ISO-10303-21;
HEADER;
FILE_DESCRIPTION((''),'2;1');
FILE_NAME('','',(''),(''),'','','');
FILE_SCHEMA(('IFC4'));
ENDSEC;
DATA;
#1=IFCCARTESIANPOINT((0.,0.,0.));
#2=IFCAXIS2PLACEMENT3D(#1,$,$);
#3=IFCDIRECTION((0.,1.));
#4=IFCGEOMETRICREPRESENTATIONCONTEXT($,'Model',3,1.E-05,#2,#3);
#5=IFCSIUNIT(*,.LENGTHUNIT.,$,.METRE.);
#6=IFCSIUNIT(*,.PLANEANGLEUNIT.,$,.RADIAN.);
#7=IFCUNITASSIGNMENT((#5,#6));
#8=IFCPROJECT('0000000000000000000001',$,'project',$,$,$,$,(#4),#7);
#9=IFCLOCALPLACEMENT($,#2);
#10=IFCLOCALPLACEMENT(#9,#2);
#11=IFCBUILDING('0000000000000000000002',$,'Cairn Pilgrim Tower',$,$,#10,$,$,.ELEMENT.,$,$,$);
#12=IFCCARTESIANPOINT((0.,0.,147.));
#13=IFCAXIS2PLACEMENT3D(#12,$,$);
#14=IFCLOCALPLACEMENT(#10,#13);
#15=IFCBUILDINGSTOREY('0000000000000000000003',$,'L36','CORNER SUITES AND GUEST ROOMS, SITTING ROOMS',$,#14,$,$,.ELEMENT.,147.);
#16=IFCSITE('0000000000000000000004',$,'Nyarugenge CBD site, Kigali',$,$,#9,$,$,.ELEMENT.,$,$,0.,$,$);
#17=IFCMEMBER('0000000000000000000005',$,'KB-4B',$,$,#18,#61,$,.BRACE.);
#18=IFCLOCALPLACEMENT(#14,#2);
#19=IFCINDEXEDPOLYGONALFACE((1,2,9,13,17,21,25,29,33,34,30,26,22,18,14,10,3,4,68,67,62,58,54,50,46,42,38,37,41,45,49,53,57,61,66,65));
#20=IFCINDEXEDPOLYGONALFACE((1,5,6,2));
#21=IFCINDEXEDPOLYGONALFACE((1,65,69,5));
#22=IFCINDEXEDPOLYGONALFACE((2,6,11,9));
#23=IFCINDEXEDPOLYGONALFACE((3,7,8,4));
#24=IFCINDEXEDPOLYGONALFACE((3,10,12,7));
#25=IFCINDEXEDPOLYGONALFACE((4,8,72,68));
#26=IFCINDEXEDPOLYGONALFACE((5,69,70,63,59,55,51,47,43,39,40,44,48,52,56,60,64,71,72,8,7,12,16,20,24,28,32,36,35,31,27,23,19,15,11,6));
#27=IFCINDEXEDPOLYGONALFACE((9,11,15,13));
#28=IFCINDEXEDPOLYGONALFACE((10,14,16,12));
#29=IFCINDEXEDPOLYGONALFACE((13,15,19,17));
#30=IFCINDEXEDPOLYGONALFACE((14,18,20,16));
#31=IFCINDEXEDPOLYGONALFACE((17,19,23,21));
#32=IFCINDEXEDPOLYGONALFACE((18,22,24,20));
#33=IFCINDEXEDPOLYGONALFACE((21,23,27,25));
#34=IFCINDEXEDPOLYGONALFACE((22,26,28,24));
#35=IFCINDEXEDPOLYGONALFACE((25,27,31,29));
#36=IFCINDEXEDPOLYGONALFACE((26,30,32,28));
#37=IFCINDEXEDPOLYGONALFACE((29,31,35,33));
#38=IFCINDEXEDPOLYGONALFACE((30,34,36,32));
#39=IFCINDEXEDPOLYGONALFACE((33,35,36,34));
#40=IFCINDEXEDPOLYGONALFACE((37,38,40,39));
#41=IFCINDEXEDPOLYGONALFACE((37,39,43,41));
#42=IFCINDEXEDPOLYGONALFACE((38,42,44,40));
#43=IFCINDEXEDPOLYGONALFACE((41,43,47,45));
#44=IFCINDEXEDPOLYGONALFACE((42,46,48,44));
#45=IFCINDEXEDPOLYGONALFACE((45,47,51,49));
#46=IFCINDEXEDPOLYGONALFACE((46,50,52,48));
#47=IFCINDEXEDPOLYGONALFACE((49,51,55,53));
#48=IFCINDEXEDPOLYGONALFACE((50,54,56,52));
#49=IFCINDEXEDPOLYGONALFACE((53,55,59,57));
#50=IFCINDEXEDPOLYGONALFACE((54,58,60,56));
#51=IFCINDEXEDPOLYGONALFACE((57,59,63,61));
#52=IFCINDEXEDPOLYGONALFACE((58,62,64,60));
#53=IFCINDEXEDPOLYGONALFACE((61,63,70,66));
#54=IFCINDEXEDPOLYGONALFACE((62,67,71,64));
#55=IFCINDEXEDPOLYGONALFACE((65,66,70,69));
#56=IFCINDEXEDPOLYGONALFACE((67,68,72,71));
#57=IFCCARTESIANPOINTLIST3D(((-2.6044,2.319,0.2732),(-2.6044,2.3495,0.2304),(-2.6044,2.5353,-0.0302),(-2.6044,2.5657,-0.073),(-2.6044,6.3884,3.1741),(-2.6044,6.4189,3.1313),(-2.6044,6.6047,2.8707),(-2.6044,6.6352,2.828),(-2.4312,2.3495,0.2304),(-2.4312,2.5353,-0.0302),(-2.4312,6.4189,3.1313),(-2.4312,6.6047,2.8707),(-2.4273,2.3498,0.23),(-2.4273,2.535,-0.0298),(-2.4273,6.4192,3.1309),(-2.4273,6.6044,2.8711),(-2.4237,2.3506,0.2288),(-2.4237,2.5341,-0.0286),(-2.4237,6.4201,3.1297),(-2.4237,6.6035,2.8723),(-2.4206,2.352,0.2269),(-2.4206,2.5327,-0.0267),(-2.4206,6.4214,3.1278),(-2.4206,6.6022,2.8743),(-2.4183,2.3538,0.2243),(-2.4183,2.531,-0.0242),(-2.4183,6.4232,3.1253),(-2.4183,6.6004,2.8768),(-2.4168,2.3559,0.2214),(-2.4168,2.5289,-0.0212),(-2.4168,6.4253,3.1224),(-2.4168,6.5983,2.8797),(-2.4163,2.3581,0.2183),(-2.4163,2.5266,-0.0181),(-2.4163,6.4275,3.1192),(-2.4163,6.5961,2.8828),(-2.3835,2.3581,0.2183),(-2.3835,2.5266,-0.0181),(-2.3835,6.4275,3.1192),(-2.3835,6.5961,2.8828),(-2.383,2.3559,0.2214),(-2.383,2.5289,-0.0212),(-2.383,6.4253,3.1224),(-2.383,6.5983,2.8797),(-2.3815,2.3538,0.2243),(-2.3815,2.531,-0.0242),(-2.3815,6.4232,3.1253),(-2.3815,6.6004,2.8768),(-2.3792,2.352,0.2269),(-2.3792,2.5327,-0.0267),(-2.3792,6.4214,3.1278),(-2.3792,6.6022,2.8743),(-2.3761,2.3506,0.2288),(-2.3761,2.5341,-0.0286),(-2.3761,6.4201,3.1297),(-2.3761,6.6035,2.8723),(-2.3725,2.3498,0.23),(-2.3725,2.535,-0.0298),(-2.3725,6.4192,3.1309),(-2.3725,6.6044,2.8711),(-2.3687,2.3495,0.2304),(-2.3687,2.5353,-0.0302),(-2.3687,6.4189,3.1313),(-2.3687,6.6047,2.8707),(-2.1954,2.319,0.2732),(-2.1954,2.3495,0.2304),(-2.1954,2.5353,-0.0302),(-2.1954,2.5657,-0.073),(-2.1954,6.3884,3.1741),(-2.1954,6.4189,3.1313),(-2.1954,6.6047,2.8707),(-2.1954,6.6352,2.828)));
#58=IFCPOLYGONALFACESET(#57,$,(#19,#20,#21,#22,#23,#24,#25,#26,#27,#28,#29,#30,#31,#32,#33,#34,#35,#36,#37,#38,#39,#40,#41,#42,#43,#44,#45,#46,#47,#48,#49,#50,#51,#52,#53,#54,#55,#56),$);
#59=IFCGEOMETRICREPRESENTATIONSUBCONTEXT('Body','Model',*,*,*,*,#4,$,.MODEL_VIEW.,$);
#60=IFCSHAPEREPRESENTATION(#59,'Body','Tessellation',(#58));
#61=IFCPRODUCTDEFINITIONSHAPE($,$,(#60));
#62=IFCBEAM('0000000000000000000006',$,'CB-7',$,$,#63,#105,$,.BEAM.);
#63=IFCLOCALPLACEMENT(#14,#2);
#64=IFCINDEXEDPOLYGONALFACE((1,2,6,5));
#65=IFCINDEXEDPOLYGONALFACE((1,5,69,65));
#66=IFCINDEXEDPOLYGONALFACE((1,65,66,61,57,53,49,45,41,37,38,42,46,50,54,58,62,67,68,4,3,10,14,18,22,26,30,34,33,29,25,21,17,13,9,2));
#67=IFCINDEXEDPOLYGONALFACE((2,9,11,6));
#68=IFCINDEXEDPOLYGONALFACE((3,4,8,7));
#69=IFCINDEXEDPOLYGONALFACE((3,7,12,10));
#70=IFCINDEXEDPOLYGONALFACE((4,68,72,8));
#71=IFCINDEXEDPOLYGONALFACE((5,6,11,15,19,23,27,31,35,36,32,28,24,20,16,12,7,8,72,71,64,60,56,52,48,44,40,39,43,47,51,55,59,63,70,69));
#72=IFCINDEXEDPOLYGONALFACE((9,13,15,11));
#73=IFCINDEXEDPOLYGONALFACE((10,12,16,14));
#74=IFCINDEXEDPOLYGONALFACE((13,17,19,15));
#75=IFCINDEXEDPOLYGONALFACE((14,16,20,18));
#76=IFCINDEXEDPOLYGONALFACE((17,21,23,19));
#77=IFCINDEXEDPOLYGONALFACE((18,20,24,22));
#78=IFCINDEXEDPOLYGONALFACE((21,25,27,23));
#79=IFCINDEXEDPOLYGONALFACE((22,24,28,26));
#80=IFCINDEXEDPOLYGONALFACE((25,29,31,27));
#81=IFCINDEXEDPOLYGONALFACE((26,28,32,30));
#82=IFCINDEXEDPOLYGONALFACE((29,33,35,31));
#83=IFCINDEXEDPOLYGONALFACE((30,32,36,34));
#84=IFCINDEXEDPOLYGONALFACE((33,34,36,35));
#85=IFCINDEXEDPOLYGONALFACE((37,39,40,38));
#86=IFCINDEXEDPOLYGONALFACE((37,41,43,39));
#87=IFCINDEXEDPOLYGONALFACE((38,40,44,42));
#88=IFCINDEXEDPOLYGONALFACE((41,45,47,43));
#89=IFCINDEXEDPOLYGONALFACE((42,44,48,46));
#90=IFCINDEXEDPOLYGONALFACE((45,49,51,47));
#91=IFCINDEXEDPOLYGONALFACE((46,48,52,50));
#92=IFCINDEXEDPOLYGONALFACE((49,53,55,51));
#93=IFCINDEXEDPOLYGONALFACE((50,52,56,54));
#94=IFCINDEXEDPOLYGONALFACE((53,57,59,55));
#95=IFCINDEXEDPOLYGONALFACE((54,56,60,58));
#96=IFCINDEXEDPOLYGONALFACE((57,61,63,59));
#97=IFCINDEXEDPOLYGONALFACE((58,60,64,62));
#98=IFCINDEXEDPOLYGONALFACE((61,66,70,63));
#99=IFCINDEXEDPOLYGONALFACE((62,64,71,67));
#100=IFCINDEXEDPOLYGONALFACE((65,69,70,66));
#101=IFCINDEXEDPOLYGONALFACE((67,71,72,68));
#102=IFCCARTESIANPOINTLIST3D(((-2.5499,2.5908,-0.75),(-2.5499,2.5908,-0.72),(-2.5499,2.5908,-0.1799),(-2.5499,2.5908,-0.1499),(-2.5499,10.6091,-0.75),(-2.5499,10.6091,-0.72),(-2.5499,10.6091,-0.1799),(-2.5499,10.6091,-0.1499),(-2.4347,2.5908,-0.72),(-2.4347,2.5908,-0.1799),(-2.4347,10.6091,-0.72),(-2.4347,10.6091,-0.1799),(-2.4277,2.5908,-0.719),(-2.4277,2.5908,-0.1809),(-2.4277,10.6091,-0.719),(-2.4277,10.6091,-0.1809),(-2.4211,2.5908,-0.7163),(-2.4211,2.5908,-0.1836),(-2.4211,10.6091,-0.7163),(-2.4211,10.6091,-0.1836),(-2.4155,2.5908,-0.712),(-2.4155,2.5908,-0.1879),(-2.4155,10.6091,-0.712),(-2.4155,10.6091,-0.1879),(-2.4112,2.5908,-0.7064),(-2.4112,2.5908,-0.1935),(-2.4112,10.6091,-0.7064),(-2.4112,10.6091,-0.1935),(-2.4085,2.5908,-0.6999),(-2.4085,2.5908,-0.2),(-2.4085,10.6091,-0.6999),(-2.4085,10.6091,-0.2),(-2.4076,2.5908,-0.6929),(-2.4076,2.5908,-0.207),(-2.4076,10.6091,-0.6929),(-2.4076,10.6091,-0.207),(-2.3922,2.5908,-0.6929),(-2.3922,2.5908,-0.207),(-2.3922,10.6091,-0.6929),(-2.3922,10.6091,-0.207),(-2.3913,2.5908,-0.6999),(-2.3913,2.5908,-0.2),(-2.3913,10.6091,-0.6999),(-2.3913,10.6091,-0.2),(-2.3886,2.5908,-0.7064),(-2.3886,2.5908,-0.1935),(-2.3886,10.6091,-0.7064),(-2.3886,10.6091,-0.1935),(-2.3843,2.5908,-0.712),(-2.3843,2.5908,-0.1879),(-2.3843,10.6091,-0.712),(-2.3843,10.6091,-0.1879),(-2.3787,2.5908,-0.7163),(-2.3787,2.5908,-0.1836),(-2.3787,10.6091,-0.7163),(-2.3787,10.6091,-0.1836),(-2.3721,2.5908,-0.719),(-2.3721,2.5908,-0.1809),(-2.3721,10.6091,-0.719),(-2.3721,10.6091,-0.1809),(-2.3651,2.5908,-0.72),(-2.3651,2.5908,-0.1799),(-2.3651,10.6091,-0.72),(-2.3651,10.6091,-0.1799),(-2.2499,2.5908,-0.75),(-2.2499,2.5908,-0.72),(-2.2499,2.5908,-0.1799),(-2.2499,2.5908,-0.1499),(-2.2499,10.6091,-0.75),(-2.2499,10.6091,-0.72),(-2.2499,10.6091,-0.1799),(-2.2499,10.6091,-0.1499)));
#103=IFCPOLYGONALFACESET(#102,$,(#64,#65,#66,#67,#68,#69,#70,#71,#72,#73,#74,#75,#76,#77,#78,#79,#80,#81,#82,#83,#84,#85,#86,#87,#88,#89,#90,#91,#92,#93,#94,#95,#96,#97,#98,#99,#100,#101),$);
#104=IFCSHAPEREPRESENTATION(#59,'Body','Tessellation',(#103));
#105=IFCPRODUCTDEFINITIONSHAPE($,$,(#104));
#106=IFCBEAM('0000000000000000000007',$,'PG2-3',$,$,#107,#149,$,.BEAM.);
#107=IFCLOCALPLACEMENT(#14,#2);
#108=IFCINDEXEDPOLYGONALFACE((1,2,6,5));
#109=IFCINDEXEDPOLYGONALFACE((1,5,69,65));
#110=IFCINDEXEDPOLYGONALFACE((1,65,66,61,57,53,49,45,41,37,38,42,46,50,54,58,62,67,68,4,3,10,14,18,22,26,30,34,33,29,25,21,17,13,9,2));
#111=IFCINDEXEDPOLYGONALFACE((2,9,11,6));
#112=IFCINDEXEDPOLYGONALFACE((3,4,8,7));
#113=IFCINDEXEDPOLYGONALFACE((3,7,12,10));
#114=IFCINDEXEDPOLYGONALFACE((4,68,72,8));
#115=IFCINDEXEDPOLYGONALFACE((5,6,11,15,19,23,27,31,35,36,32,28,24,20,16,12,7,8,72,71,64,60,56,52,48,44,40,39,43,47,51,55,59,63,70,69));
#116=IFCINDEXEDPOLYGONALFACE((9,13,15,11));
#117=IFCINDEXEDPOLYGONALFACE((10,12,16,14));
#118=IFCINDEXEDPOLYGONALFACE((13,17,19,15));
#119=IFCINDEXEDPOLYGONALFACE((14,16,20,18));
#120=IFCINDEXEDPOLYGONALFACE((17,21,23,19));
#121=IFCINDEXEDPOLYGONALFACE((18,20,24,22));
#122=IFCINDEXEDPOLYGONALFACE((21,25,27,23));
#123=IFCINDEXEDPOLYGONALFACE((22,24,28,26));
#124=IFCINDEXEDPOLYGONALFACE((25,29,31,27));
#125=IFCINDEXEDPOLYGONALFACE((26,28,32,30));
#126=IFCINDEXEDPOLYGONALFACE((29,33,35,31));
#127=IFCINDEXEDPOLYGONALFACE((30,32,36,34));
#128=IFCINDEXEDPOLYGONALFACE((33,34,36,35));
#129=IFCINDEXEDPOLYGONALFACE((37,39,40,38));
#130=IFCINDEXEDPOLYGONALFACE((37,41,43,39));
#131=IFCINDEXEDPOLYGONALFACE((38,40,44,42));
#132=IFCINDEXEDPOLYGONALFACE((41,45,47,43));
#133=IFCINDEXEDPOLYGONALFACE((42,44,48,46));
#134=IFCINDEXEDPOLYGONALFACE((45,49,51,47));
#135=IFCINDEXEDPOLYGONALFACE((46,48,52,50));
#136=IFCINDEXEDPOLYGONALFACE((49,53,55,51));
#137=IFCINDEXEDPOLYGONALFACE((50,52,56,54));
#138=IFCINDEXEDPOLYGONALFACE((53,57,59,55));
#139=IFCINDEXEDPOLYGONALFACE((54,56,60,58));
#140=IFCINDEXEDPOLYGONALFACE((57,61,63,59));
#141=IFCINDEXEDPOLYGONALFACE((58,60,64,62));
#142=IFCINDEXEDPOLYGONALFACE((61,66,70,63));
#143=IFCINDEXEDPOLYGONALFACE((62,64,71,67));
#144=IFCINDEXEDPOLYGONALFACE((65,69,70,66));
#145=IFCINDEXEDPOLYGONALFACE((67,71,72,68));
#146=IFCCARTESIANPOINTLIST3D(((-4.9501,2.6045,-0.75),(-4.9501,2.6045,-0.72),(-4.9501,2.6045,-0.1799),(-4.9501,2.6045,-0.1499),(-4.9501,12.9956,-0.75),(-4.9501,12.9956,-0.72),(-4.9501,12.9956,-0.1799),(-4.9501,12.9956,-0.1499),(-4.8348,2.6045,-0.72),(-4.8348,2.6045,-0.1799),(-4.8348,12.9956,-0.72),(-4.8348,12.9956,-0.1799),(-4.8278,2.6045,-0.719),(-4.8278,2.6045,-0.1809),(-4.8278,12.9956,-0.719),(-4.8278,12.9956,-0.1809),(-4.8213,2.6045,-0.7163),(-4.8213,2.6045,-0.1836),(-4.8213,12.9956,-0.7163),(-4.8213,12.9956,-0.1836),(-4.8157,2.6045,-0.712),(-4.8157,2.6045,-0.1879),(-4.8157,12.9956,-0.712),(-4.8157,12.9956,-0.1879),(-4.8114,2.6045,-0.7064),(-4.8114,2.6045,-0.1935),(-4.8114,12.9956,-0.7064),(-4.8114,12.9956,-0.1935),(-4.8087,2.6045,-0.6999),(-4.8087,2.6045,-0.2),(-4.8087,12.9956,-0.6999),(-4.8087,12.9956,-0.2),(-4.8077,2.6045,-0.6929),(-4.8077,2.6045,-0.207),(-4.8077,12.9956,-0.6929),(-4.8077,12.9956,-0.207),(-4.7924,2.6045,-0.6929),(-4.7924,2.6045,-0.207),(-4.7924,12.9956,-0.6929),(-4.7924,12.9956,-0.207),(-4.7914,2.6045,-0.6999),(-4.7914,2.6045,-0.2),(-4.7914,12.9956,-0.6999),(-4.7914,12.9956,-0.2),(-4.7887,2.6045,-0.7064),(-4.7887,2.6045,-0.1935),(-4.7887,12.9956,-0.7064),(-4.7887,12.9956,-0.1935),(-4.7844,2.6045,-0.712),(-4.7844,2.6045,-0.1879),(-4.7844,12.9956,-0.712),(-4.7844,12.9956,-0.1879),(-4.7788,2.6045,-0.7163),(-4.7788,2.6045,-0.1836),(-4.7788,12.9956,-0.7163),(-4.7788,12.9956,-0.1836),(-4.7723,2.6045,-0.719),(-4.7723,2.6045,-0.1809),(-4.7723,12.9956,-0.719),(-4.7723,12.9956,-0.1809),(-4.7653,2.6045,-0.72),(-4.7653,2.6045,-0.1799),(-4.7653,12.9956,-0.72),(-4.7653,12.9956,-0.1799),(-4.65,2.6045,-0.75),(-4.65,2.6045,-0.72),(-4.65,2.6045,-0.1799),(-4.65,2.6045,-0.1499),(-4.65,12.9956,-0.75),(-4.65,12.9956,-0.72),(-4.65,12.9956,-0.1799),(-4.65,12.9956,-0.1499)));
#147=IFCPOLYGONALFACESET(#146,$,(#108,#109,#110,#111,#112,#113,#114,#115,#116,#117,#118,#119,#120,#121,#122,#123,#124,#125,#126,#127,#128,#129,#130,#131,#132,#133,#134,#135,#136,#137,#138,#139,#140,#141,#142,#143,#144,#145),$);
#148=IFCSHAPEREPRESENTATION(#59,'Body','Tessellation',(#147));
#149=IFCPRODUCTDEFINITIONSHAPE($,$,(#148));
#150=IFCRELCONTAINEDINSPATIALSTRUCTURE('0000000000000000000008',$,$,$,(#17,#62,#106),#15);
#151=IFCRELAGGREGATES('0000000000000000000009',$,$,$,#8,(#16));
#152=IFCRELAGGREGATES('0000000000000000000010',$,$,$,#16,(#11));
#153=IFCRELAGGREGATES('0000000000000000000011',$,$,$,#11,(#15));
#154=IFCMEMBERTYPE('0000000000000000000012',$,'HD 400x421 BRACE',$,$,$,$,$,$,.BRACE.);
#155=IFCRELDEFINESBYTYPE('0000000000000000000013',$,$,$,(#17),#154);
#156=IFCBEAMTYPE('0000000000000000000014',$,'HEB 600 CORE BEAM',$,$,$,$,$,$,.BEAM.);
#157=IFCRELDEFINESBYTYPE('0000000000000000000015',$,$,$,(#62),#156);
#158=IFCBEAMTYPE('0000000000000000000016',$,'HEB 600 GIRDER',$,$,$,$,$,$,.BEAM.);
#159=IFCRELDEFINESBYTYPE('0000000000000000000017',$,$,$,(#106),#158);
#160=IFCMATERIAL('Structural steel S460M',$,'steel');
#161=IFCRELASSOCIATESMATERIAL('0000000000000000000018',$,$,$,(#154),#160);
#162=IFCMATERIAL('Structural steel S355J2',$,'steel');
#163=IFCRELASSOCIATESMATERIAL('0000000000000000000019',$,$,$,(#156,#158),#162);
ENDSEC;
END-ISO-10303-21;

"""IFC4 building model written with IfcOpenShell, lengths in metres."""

from ifc_helpers import new_model, si_unit, direction, frame, origin, origin_2d, place, context, subcontext, project, spatial, i_section, extrude, material, material_profile, profile_set, type_object, element, save


model = new_model("IFC4")

# Units and contexts
model_context = context("Model", 3, precision=1e-05, world=origin(), true_north=direction((0.0, 1.0)))
body_context = subcontext(model_context, "Body", "Model", "MODEL_VIEW")
ifc_project = project(units=[si_unit("LENGTHUNIT", "METRE"), si_unit("PLANEANGLEUNIT", "RADIAN")], contexts=[model_context])

# Site, building, storey
site_placement = place(None, origin())
site = spatial("IfcSite", under=ifc_project, at=site_placement, Name="Nyarugenge CBD site, Kigali", CompositionType="ELEMENT", RefElevation=0.0)
building_placement = place(site_placement, origin())
building = spatial("IfcBuilding", under=site, at=building_placement, Name="Cairn Pilgrim Tower", CompositionType="ELEMENT")
storey_placement = place(building_placement, frame((0.0, 0.0, 147.0)))
storey = spatial("IfcBuildingStorey", under=building, at=storey_placement, Name="L36", Description="CORNER SUITES AND GUEST ROOMS, SITTING ROOMS", CompositionType="ELEMENT", Elevation=147.0)

# Shared definitions
ifc_material_1 = material(Name="Structural steel S460M", Category="steel")

# Member
ifc_material_profile_1 = material_profile(ifc_material_1, i_section(OverallWidth=0.4089, OverallDepth=0.425, WebThickness=0.0327, FlangeThickness=0.0525, FilletRadius=0.0149, at=origin_2d()), Name="HD 400x421")
ifc_profile_set_1 = profile_set([ifc_material_profile_1], Name="Structural steel S460M")
member_type = type_object("IfcMemberType", Name="HD 400x421 BRACE", PredefinedType="BRACE", material=ifc_profile_set_1)
for number, where, z_axis, x_axis, name in (
    (1, (-2.3999, 2.4424, 0.1001), (0.0, 0.814281, 0.580471), (-1.0, 0.0, 0.0), "KB-4B"),
):
    element("IfcMember", number, at=place(storey_placement, frame(where, z_axis=z_axis, x_axis=x_axis)), inside=storey, type_object=member_type, Name=name, PredefinedType="BRACE", context=body_context, shape_type="SweptSolid", body=[
        extrude(i_section(OverallWidth=0.4089, OverallDepth=0.425, WebThickness=0.0327, FlangeThickness=0.0525, FilletRadius=0.0149, at=origin_2d()), origin(), (0.0, 0.0, 1.0), 4.9976),
    ])

# Beams
ifc_material_2 = material(Name="Structural steel S355J2", Category="steel")
ifc_material_profile_2 = material_profile(ifc_material_2, i_section(OverallWidth=0.3, OverallDepth=0.6001, WebThickness=0.0154, FlangeThickness=0.03, FilletRadius=0.0271, at=origin_2d()), Name="HEB 600")
ifc_profile_set_2 = profile_set([ifc_material_profile_2], Name="Structural steel S355J2")
beam_type_1 = type_object("IfcBeamType", Name="HEB 600 CORE BEAM", PredefinedType="BEAM", material=ifc_profile_set_2)
beam_1_placement = place(storey_placement, frame((-2.3999, 10.6091, -0.45), z_axis=(0.0, -1.0, 0.0), x_axis=(1.0, 0.0, 0.0)))
element("IfcBeam", 2, at=beam_1_placement, inside=storey, type_object=beam_type_1, Name="CB-7", PredefinedType="BEAM", context=body_context, shape_type="SweptSolid", body=[
    extrude(i_section(OverallWidth=0.3, OverallDepth=0.6001, WebThickness=0.0154, FlangeThickness=0.03, FilletRadius=0.0271, at=origin_2d()), origin(), (0.0, 0.0, 1.0), 8.0183),
])
ifc_material_profile_3 = material_profile(ifc_material_2, i_section(OverallWidth=0.3, OverallDepth=0.6001, WebThickness=0.0154, FlangeThickness=0.03, FilletRadius=0.0271, at=origin_2d()), Name="HEB 600")
ifc_profile_set_3 = profile_set([ifc_material_profile_3], Name="Structural steel S355J2")
beam_type_2 = type_object("IfcBeamType", Name="HEB 600 GIRDER", PredefinedType="BEAM", material=ifc_profile_set_3)
beam_2_placement = place(storey_placement, frame((-4.8, 2.6045, -0.45), z_axis=(0.0, 1.0, 0.0), x_axis=(-1.0, 0.0, 0.0)))
element("IfcBeam", 3, at=beam_2_placement, inside=storey, type_object=beam_type_2, Name="PG2-3", PredefinedType="BEAM", context=body_context, shape_type="SweptSolid", body=[
    extrude(i_section(OverallWidth=0.3, OverallDepth=0.6001, WebThickness=0.0154, FlangeThickness=0.03, FilletRadius=0.0271, at=origin_2d()), origin(), (0.0, 0.0, 1.0), 10.3911),
])

save(model, "model.ifc")
